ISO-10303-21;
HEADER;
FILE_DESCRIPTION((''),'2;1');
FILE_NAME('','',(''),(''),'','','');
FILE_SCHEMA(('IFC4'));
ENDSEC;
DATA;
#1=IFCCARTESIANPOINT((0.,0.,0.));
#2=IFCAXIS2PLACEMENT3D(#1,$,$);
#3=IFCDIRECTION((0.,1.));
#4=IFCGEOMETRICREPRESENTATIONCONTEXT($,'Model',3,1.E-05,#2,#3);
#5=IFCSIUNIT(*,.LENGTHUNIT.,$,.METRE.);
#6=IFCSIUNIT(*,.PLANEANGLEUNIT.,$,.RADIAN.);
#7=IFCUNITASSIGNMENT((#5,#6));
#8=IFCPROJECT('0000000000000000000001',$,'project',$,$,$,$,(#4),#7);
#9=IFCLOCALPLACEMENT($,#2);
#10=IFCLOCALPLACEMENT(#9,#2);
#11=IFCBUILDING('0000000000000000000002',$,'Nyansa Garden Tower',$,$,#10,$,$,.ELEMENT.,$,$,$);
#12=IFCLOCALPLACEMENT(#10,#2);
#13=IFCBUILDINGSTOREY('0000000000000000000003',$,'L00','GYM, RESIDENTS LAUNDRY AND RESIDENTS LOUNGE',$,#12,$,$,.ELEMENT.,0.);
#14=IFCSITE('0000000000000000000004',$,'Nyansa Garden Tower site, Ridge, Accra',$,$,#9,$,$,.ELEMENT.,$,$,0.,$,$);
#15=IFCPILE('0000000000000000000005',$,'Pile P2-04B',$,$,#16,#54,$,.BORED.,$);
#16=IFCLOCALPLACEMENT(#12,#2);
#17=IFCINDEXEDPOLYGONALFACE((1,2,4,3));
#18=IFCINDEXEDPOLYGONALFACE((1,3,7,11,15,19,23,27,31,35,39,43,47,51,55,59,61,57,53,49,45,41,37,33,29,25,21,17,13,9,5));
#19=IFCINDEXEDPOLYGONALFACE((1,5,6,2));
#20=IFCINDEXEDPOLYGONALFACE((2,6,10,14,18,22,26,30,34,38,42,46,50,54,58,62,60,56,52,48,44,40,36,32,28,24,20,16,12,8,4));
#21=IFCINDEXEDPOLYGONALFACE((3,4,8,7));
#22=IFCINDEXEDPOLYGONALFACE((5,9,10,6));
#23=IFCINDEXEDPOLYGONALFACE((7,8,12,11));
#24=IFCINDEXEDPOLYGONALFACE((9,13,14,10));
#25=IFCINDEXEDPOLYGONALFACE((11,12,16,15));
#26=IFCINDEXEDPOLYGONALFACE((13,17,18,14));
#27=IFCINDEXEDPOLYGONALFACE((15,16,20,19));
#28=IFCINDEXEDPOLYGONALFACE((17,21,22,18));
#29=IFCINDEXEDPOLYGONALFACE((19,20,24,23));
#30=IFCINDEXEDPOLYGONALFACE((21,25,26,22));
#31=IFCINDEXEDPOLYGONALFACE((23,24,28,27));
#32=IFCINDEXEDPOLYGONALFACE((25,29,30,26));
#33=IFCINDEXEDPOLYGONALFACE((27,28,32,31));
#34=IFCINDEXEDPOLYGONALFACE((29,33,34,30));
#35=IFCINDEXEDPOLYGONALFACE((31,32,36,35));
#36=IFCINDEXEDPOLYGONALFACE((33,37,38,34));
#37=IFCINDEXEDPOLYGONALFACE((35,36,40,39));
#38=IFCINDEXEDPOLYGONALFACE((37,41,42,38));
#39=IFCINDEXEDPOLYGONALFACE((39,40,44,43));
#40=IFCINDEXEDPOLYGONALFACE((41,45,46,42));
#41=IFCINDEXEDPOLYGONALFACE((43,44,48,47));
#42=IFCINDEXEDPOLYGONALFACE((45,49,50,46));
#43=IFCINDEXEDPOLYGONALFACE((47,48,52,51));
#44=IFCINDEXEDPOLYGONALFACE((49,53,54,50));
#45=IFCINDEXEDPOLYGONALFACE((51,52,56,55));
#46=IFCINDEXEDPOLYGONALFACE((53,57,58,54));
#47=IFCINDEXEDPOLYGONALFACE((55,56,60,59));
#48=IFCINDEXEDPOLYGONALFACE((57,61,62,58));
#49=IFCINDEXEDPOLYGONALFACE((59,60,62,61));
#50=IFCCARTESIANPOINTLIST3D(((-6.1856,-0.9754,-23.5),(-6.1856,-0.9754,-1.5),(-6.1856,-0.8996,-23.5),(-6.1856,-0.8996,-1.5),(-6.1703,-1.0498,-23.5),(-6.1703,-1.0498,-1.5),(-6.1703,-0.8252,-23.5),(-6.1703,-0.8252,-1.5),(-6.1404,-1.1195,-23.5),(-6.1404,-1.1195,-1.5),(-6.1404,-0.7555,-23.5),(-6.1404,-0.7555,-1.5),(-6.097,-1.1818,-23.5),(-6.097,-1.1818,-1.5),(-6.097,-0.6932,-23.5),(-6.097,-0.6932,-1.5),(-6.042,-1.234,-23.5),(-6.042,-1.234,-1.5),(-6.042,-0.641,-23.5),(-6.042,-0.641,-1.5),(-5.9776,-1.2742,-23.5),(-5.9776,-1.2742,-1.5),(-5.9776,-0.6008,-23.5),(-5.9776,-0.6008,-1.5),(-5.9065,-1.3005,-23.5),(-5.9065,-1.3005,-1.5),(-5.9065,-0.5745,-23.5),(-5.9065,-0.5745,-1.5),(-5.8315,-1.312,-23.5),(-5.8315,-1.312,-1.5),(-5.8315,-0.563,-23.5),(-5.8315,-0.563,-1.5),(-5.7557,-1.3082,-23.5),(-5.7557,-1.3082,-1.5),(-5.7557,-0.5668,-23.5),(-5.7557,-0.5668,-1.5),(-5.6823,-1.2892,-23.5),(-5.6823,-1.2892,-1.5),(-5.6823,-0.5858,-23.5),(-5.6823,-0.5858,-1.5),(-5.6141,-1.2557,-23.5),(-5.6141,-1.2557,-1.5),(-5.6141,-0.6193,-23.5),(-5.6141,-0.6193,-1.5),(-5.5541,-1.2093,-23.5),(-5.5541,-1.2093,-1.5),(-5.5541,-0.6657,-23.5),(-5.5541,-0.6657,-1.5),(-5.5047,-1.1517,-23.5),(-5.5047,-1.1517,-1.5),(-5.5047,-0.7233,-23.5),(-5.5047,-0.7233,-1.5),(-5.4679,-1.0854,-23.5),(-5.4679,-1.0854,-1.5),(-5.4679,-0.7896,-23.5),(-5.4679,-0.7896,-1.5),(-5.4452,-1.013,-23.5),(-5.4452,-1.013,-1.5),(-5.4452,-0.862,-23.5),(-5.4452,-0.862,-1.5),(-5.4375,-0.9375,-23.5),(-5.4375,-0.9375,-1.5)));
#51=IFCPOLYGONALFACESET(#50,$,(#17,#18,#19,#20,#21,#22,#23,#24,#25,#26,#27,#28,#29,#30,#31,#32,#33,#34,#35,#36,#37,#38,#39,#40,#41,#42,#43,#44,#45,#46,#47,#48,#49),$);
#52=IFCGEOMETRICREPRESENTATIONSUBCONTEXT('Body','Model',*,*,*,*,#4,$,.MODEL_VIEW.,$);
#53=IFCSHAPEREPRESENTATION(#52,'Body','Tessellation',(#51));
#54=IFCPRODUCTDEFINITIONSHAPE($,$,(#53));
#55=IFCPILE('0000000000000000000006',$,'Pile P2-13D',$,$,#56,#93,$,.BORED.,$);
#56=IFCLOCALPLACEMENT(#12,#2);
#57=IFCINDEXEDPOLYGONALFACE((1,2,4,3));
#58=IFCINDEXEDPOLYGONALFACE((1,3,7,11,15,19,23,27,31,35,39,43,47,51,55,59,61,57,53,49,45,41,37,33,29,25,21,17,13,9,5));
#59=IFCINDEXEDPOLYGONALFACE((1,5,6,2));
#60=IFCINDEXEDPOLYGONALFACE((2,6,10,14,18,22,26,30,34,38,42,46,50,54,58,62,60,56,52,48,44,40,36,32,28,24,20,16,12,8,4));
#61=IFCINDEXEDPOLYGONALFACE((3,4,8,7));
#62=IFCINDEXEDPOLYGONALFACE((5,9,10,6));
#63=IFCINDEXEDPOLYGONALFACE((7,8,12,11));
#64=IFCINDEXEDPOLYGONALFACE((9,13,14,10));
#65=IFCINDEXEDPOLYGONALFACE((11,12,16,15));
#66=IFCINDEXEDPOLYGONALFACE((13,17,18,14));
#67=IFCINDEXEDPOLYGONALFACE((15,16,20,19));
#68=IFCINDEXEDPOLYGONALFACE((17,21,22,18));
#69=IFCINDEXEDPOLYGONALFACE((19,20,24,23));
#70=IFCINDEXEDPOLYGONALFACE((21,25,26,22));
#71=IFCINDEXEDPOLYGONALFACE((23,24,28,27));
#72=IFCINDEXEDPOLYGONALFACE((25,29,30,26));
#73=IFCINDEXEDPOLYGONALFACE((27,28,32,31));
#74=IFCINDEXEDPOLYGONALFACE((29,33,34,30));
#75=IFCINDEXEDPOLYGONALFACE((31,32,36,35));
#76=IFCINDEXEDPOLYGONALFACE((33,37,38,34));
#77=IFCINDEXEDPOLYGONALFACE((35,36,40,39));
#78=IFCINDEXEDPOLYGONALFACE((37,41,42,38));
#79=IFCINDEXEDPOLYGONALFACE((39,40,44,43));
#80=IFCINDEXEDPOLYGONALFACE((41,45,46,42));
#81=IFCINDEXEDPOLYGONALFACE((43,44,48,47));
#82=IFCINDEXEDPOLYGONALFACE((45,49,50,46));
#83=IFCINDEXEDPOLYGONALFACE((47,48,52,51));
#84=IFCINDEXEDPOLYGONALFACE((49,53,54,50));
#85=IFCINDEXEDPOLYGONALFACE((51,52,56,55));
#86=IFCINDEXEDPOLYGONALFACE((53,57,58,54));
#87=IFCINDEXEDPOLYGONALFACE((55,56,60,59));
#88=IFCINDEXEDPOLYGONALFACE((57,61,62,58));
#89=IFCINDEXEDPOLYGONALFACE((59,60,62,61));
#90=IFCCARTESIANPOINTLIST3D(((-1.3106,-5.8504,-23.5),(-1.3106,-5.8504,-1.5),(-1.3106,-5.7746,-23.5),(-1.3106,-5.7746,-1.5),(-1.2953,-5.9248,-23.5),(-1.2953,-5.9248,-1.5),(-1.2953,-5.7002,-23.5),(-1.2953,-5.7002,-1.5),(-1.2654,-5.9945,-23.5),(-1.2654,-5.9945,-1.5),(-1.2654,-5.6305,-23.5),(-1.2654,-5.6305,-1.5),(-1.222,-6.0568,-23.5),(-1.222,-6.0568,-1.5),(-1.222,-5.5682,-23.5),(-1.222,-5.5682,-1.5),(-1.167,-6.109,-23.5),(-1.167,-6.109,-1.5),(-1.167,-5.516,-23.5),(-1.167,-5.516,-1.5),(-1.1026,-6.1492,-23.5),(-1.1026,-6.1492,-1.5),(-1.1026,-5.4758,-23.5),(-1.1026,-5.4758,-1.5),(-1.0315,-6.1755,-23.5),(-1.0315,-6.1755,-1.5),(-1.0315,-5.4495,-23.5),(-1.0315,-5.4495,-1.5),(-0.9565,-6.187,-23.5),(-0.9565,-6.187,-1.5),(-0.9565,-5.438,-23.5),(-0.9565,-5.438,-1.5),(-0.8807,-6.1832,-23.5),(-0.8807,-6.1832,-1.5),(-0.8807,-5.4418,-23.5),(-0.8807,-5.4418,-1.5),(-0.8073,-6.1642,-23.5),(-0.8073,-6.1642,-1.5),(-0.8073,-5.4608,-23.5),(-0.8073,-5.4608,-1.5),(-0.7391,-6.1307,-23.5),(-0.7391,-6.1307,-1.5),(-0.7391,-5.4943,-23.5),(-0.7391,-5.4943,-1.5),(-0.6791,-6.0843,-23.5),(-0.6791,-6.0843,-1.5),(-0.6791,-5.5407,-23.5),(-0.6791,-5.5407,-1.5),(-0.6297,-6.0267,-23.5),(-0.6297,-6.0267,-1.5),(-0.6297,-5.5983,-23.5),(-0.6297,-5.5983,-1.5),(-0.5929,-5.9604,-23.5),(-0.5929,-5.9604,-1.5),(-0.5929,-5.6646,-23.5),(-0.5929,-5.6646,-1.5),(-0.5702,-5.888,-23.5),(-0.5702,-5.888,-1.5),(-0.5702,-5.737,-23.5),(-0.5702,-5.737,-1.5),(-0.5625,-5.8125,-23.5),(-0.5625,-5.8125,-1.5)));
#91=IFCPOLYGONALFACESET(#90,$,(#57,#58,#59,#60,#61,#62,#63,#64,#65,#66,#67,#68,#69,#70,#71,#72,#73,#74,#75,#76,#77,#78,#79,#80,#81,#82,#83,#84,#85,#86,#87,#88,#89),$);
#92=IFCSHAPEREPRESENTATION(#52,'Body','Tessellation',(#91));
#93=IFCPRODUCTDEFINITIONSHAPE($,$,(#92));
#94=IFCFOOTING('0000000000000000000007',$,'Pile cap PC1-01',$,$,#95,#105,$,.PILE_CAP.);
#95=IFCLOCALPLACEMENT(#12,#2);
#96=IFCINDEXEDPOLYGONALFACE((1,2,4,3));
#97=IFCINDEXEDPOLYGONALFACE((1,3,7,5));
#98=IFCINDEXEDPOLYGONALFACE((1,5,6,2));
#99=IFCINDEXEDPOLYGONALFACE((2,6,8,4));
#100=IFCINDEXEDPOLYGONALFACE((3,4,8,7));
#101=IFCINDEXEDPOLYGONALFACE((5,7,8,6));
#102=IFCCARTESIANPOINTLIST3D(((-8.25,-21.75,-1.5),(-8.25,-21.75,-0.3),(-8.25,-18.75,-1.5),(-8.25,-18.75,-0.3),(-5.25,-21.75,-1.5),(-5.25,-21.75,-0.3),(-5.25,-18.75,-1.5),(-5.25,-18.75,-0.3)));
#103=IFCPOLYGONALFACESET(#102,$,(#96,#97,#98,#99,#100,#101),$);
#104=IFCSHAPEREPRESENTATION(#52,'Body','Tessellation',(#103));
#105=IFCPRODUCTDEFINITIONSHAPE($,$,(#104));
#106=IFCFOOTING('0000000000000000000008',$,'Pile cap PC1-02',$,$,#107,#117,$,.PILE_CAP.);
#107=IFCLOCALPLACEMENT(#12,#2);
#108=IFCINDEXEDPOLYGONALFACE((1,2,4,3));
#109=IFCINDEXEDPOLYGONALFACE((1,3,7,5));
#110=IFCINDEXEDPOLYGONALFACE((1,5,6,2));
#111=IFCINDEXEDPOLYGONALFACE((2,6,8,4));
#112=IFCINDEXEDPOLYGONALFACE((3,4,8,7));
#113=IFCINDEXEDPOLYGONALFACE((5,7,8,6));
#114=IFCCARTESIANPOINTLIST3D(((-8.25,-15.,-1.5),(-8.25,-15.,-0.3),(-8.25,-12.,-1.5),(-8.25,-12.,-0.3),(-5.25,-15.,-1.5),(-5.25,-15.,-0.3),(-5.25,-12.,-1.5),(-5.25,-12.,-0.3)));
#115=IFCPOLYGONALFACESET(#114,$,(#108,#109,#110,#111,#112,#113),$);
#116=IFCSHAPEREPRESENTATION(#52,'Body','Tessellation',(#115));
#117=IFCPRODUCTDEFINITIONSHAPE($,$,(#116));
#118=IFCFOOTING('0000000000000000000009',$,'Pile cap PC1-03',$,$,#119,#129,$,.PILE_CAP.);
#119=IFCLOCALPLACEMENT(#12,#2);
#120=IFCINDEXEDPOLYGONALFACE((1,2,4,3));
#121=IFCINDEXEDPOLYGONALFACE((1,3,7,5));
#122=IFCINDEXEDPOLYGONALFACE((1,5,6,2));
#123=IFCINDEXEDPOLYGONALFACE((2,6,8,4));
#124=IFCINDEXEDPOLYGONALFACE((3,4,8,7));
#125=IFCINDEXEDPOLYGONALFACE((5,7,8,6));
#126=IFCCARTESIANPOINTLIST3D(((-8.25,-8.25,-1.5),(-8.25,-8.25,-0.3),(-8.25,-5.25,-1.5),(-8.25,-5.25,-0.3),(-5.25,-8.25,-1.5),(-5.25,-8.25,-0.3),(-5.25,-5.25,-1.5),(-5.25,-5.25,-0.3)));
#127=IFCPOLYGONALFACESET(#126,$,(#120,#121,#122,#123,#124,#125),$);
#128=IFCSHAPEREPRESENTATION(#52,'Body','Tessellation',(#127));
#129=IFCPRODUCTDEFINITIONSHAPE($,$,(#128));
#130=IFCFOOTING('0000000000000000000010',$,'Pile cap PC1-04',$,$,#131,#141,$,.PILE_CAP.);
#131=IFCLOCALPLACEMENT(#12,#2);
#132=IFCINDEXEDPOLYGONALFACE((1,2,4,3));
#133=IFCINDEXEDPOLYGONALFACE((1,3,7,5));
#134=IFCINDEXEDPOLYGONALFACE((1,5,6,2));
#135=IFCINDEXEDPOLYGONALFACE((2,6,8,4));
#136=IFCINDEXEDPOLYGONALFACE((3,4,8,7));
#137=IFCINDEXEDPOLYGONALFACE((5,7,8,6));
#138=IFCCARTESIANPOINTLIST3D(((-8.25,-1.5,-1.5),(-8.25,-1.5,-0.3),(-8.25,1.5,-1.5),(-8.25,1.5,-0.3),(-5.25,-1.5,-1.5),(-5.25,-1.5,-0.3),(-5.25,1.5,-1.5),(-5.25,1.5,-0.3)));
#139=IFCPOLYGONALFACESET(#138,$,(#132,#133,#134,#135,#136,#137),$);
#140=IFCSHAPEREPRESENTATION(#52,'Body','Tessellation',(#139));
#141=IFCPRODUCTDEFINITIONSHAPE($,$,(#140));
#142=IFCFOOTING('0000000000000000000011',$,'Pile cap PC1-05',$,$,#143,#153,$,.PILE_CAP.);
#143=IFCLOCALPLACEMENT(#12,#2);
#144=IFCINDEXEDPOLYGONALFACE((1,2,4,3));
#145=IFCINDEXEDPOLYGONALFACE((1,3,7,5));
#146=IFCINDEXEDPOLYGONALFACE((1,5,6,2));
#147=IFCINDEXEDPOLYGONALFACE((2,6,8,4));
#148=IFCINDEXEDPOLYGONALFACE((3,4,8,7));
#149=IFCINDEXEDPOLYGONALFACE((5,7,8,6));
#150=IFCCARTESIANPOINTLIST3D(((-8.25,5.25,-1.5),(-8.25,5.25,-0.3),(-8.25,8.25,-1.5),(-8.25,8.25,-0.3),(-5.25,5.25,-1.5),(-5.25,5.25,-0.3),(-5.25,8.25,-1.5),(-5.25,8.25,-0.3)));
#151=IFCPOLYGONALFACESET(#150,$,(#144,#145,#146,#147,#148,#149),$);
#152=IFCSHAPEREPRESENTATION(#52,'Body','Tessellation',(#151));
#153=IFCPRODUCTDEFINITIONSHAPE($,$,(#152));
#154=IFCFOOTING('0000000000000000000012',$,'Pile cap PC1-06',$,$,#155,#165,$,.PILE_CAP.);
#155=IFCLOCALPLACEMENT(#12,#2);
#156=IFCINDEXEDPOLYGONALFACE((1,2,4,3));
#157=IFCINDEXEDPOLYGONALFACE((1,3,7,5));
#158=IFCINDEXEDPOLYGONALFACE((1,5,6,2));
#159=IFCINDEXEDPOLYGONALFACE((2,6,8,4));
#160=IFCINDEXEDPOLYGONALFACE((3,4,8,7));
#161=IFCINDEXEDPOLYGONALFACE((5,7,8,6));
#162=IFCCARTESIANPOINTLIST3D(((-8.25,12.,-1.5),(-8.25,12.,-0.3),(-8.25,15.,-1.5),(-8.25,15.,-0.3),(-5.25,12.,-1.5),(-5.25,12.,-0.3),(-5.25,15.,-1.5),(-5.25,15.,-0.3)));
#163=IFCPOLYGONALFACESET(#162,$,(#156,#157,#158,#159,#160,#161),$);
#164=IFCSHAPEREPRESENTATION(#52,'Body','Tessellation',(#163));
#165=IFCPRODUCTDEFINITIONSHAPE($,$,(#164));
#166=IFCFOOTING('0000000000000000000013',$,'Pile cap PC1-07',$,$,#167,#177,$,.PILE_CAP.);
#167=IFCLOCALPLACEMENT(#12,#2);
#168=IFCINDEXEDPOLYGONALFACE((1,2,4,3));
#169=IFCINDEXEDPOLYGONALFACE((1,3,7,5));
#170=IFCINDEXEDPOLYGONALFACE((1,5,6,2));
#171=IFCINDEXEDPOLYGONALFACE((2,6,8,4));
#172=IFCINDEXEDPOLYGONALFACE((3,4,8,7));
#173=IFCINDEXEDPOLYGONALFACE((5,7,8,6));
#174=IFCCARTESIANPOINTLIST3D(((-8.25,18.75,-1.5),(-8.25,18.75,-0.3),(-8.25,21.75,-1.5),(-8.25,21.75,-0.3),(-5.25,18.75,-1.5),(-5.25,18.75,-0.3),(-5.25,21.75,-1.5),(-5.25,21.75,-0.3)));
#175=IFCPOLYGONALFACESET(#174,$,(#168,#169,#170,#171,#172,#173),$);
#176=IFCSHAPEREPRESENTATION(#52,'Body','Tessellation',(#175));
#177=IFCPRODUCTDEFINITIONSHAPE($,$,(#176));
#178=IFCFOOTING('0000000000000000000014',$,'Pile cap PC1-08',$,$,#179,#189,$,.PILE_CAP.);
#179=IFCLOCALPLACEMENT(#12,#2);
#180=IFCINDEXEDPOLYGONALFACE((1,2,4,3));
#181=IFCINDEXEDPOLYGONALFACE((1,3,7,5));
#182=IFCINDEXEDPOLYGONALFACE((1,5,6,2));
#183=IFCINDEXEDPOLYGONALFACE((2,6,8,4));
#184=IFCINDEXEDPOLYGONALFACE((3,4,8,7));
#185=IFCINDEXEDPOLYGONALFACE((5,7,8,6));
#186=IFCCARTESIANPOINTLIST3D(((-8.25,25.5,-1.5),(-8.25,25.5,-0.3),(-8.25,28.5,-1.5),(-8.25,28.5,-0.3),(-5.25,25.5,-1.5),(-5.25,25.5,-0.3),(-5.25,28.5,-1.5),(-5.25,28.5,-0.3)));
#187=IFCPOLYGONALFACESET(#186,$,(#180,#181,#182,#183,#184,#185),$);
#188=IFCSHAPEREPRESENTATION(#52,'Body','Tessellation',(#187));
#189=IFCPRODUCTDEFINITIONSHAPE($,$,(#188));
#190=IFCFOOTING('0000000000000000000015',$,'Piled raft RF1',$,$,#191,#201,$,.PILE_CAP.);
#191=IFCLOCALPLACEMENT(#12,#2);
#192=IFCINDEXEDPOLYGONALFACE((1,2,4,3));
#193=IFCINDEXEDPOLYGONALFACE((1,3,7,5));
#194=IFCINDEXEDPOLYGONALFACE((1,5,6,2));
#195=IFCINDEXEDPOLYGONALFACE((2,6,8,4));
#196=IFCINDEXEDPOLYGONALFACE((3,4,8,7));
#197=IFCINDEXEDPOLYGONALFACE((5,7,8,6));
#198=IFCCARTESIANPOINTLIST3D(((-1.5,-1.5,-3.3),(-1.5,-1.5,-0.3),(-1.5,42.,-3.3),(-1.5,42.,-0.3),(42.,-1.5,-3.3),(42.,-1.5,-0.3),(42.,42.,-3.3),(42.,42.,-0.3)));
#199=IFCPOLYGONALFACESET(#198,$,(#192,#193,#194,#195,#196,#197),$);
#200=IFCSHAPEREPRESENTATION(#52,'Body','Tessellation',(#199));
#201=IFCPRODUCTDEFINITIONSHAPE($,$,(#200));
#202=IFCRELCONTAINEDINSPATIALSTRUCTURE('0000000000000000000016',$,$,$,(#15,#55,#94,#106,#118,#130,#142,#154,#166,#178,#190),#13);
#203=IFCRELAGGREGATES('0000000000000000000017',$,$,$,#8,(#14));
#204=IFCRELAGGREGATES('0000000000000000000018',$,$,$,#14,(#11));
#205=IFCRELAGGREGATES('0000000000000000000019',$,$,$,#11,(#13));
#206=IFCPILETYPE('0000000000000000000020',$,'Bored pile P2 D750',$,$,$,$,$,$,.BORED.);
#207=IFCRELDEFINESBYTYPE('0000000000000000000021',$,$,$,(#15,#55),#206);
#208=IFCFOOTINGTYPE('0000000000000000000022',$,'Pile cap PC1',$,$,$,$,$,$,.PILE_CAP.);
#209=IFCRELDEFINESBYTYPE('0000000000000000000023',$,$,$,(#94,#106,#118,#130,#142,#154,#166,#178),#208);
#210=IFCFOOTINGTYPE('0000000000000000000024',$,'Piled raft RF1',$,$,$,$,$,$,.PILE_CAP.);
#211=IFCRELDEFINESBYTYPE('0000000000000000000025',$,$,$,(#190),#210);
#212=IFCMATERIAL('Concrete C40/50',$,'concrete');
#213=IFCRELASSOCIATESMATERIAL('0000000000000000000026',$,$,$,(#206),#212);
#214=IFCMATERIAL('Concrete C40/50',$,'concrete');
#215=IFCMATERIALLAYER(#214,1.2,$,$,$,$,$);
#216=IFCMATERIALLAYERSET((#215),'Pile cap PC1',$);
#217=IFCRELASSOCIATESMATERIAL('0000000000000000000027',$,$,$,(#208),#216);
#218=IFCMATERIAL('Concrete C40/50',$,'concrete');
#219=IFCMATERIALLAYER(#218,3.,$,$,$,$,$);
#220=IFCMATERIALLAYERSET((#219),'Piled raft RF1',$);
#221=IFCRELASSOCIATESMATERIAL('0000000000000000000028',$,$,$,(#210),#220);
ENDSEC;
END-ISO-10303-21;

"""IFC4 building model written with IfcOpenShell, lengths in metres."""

from ifc_helpers import new_model, si_unit, direction, frame, origin, origin_2d, place, context, subcontext, project, spatial, polyline, circle, outline, extrude, material, layer, layer_set, type_object, element, save


model = new_model("IFC4")

# Units and contexts
model_context = context("Model", 3, precision=1e-05, world=origin(), true_north=direction((0.0, 1.0)))
body_context = subcontext(model_context, "Body", "Model", "MODEL_VIEW")
ifc_project = project(units=[si_unit("LENGTHUNIT", "METRE"), si_unit("PLANEANGLEUNIT", "RADIAN")], contexts=[model_context])

# Site, building, storey
site_placement = place(None, origin())
site = spatial("IfcSite", under=ifc_project, at=site_placement, Name="Nyansa Garden Tower site, Ridge, Accra", CompositionType="ELEMENT", RefElevation=0.0)
building_placement = place(site_placement, origin())
building = spatial("IfcBuilding", under=site, at=building_placement, Name="Nyansa Garden Tower", CompositionType="ELEMENT")
storey_placement = place(building_placement, origin())
storey = spatial("IfcBuildingStorey", under=building, at=storey_placement, Name="L00", Description="GYM, RESIDENTS LAUNDRY AND RESIDENTS LOUNGE", CompositionType="ELEMENT", Elevation=0.0)

# Piles
ifc_material_1 = material(Name="Concrete C40/50", Category="concrete")
pile_type_1 = type_object("IfcPileType", Name="Bored pile P2 D750", PredefinedType="BORED", material=ifc_material_1)
for number, where, z_axis, x_axis, name in (
    (1, (-5.8125, -0.9375, -1.5), (0.0, 0.0, -1.0), (1.0, 0.0, 0.0), "Pile P2-04B"),
    (2, (-0.9375, -5.8125, -1.5), (0.0, 0.0, -1.0), (1.0, 0.0, 0.0), "Pile P2-13D"),
):
    element("IfcPile", number, at=place(storey_placement, frame(where, z_axis=z_axis, x_axis=x_axis)), inside=storey, type_object=pile_type_1, Name=name, PredefinedType="BORED", context=body_context, shape_type="SweptSolid", body=[
        extrude(circle(Radius=0.375, at=origin_2d()), origin(), (0.0, 0.0, 1.0), 22.0),
    ])

# Footings
ifc_material_2 = material(Name="Concrete C40/50", Category="concrete")
ifc_layer_1 = layer(ifc_material_2, 1.2)
ifc_layer_set_1 = layer_set([ifc_layer_1], Name="Pile cap PC1")
footing_type_1 = type_object("IfcFootingType", Name="Pile cap PC1", PredefinedType="PILE_CAP", material=ifc_layer_set_1)
footing_1_placement = place(storey_placement, frame((0.0, 0.0, -1.5)))
element("IfcFooting", 3, at=footing_1_placement, inside=storey, type_object=footing_type_1, Name="Pile cap PC1-01", PredefinedType="PILE_CAP", context=body_context, shape_type="SweptSolid", body=[
    extrude(outline(polyline([(-8.25, -21.75), (-5.25, -21.75), (-5.25, -18.75), (-8.25, -18.75), (-8.25, -21.75)])), origin(), (0.0, 0.0, 1.0), 1.2),
])
footing_2_placement = place(storey_placement, frame((0.0, 0.0, -1.5)))
element("IfcFooting", 4, at=footing_2_placement, inside=storey, type_object=footing_type_1, Name="Pile cap PC1-02", PredefinedType="PILE_CAP", context=body_context, shape_type="SweptSolid", body=[
    extrude(outline(polyline([(-8.25, -15.0), (-5.25, -15.0), (-5.25, -12.0), (-8.25, -12.0), (-8.25, -15.0)])), origin(), (0.0, 0.0, 1.0), 1.2),
])
footing_3_placement = place(storey_placement, frame((0.0, 0.0, -1.5)))
element("IfcFooting", 5, at=footing_3_placement, inside=storey, type_object=footing_type_1, Name="Pile cap PC1-03", PredefinedType="PILE_CAP", context=body_context, shape_type="SweptSolid", body=[
    extrude(outline(polyline([(-8.25, -8.25), (-5.25, -8.25), (-5.25, -5.25), (-8.25, -5.25), (-8.25, -8.25)])), origin(), (0.0, 0.0, 1.0), 1.2),
])
footing_4_placement = place(storey_placement, frame((0.0, 0.0, -1.5)))
element("IfcFooting", 6, at=footing_4_placement, inside=storey, type_object=footing_type_1, Name="Pile cap PC1-04", PredefinedType="PILE_CAP", context=body_context, shape_type="SweptSolid", body=[
    extrude(outline(polyline([(-8.25, -1.5), (-5.25, -1.5), (-5.25, 1.5), (-8.25, 1.5), (-8.25, -1.5)])), origin(), (0.0, 0.0, 1.0), 1.2),
])
footing_5_placement = place(storey_placement, frame((0.0, 0.0, -1.5)))
element("IfcFooting", 7, at=footing_5_placement, inside=storey, type_object=footing_type_1, Name="Pile cap PC1-05", PredefinedType="PILE_CAP", context=body_context, shape_type="SweptSolid", body=[
    extrude(outline(polyline([(-8.25, 5.25), (-5.25, 5.25), (-5.25, 8.25), (-8.25, 8.25), (-8.25, 5.25)])), origin(), (0.0, 0.0, 1.0), 1.2),
])
footing_6_placement = place(storey_placement, frame((0.0, 0.0, -1.5)))
element("IfcFooting", 8, at=footing_6_placement, inside=storey, type_object=footing_type_1, Name="Pile cap PC1-06", PredefinedType="PILE_CAP", context=body_context, shape_type="SweptSolid", body=[
    extrude(outline(polyline([(-8.25, 12.0), (-5.25, 12.0), (-5.25, 15.0), (-8.25, 15.0), (-8.25, 12.0)])), origin(), (0.0, 0.0, 1.0), 1.2),
])
footing_7_placement = place(storey_placement, frame((0.0, 0.0, -1.5)))
element("IfcFooting", 9, at=footing_7_placement, inside=storey, type_object=footing_type_1, Name="Pile cap PC1-07", PredefinedType="PILE_CAP", context=body_context, shape_type="SweptSolid", body=[
    extrude(outline(polyline([(-8.25, 18.75), (-5.25, 18.75), (-5.25, 21.75), (-8.25, 21.75), (-8.25, 18.75)])), origin(), (0.0, 0.0, 1.0), 1.2),
])
footing_8_placement = place(storey_placement, frame((0.0, 0.0, -1.5)))
element("IfcFooting", 10, at=footing_8_placement, inside=storey, type_object=footing_type_1, Name="Pile cap PC1-08", PredefinedType="PILE_CAP", context=body_context, shape_type="SweptSolid", body=[
    extrude(outline(polyline([(-8.25, 25.5), (-5.25, 25.5), (-5.25, 28.5), (-8.25, 28.5), (-8.25, 25.5)])), origin(), (0.0, 0.0, 1.0), 1.2),
])
ifc_material_3 = material(Name="Concrete C40/50", Category="concrete")
ifc_layer_2 = layer(ifc_material_3, 3.0)
ifc_layer_set_2 = layer_set([ifc_layer_2], Name="Piled raft RF1")
footing_type_2 = type_object("IfcFootingType", Name="Piled raft RF1", PredefinedType="PILE_CAP", material=ifc_layer_set_2)
footing_9_placement = place(storey_placement, frame((0.0, 0.0, -3.3)))
element("IfcFooting", 11, at=footing_9_placement, inside=storey, type_object=footing_type_2, Name="Piled raft RF1", PredefinedType="PILE_CAP", context=body_context, shape_type="SweptSolid", body=[
    extrude(outline(polyline([(-1.5, -1.5), (42.0, -1.5), (42.0, 42.0), (-1.5, 42.0), (-1.5, -1.5)])), origin(), (0.0, 0.0, 1.0), 3.0),
])

save(model, "model.ifc")
